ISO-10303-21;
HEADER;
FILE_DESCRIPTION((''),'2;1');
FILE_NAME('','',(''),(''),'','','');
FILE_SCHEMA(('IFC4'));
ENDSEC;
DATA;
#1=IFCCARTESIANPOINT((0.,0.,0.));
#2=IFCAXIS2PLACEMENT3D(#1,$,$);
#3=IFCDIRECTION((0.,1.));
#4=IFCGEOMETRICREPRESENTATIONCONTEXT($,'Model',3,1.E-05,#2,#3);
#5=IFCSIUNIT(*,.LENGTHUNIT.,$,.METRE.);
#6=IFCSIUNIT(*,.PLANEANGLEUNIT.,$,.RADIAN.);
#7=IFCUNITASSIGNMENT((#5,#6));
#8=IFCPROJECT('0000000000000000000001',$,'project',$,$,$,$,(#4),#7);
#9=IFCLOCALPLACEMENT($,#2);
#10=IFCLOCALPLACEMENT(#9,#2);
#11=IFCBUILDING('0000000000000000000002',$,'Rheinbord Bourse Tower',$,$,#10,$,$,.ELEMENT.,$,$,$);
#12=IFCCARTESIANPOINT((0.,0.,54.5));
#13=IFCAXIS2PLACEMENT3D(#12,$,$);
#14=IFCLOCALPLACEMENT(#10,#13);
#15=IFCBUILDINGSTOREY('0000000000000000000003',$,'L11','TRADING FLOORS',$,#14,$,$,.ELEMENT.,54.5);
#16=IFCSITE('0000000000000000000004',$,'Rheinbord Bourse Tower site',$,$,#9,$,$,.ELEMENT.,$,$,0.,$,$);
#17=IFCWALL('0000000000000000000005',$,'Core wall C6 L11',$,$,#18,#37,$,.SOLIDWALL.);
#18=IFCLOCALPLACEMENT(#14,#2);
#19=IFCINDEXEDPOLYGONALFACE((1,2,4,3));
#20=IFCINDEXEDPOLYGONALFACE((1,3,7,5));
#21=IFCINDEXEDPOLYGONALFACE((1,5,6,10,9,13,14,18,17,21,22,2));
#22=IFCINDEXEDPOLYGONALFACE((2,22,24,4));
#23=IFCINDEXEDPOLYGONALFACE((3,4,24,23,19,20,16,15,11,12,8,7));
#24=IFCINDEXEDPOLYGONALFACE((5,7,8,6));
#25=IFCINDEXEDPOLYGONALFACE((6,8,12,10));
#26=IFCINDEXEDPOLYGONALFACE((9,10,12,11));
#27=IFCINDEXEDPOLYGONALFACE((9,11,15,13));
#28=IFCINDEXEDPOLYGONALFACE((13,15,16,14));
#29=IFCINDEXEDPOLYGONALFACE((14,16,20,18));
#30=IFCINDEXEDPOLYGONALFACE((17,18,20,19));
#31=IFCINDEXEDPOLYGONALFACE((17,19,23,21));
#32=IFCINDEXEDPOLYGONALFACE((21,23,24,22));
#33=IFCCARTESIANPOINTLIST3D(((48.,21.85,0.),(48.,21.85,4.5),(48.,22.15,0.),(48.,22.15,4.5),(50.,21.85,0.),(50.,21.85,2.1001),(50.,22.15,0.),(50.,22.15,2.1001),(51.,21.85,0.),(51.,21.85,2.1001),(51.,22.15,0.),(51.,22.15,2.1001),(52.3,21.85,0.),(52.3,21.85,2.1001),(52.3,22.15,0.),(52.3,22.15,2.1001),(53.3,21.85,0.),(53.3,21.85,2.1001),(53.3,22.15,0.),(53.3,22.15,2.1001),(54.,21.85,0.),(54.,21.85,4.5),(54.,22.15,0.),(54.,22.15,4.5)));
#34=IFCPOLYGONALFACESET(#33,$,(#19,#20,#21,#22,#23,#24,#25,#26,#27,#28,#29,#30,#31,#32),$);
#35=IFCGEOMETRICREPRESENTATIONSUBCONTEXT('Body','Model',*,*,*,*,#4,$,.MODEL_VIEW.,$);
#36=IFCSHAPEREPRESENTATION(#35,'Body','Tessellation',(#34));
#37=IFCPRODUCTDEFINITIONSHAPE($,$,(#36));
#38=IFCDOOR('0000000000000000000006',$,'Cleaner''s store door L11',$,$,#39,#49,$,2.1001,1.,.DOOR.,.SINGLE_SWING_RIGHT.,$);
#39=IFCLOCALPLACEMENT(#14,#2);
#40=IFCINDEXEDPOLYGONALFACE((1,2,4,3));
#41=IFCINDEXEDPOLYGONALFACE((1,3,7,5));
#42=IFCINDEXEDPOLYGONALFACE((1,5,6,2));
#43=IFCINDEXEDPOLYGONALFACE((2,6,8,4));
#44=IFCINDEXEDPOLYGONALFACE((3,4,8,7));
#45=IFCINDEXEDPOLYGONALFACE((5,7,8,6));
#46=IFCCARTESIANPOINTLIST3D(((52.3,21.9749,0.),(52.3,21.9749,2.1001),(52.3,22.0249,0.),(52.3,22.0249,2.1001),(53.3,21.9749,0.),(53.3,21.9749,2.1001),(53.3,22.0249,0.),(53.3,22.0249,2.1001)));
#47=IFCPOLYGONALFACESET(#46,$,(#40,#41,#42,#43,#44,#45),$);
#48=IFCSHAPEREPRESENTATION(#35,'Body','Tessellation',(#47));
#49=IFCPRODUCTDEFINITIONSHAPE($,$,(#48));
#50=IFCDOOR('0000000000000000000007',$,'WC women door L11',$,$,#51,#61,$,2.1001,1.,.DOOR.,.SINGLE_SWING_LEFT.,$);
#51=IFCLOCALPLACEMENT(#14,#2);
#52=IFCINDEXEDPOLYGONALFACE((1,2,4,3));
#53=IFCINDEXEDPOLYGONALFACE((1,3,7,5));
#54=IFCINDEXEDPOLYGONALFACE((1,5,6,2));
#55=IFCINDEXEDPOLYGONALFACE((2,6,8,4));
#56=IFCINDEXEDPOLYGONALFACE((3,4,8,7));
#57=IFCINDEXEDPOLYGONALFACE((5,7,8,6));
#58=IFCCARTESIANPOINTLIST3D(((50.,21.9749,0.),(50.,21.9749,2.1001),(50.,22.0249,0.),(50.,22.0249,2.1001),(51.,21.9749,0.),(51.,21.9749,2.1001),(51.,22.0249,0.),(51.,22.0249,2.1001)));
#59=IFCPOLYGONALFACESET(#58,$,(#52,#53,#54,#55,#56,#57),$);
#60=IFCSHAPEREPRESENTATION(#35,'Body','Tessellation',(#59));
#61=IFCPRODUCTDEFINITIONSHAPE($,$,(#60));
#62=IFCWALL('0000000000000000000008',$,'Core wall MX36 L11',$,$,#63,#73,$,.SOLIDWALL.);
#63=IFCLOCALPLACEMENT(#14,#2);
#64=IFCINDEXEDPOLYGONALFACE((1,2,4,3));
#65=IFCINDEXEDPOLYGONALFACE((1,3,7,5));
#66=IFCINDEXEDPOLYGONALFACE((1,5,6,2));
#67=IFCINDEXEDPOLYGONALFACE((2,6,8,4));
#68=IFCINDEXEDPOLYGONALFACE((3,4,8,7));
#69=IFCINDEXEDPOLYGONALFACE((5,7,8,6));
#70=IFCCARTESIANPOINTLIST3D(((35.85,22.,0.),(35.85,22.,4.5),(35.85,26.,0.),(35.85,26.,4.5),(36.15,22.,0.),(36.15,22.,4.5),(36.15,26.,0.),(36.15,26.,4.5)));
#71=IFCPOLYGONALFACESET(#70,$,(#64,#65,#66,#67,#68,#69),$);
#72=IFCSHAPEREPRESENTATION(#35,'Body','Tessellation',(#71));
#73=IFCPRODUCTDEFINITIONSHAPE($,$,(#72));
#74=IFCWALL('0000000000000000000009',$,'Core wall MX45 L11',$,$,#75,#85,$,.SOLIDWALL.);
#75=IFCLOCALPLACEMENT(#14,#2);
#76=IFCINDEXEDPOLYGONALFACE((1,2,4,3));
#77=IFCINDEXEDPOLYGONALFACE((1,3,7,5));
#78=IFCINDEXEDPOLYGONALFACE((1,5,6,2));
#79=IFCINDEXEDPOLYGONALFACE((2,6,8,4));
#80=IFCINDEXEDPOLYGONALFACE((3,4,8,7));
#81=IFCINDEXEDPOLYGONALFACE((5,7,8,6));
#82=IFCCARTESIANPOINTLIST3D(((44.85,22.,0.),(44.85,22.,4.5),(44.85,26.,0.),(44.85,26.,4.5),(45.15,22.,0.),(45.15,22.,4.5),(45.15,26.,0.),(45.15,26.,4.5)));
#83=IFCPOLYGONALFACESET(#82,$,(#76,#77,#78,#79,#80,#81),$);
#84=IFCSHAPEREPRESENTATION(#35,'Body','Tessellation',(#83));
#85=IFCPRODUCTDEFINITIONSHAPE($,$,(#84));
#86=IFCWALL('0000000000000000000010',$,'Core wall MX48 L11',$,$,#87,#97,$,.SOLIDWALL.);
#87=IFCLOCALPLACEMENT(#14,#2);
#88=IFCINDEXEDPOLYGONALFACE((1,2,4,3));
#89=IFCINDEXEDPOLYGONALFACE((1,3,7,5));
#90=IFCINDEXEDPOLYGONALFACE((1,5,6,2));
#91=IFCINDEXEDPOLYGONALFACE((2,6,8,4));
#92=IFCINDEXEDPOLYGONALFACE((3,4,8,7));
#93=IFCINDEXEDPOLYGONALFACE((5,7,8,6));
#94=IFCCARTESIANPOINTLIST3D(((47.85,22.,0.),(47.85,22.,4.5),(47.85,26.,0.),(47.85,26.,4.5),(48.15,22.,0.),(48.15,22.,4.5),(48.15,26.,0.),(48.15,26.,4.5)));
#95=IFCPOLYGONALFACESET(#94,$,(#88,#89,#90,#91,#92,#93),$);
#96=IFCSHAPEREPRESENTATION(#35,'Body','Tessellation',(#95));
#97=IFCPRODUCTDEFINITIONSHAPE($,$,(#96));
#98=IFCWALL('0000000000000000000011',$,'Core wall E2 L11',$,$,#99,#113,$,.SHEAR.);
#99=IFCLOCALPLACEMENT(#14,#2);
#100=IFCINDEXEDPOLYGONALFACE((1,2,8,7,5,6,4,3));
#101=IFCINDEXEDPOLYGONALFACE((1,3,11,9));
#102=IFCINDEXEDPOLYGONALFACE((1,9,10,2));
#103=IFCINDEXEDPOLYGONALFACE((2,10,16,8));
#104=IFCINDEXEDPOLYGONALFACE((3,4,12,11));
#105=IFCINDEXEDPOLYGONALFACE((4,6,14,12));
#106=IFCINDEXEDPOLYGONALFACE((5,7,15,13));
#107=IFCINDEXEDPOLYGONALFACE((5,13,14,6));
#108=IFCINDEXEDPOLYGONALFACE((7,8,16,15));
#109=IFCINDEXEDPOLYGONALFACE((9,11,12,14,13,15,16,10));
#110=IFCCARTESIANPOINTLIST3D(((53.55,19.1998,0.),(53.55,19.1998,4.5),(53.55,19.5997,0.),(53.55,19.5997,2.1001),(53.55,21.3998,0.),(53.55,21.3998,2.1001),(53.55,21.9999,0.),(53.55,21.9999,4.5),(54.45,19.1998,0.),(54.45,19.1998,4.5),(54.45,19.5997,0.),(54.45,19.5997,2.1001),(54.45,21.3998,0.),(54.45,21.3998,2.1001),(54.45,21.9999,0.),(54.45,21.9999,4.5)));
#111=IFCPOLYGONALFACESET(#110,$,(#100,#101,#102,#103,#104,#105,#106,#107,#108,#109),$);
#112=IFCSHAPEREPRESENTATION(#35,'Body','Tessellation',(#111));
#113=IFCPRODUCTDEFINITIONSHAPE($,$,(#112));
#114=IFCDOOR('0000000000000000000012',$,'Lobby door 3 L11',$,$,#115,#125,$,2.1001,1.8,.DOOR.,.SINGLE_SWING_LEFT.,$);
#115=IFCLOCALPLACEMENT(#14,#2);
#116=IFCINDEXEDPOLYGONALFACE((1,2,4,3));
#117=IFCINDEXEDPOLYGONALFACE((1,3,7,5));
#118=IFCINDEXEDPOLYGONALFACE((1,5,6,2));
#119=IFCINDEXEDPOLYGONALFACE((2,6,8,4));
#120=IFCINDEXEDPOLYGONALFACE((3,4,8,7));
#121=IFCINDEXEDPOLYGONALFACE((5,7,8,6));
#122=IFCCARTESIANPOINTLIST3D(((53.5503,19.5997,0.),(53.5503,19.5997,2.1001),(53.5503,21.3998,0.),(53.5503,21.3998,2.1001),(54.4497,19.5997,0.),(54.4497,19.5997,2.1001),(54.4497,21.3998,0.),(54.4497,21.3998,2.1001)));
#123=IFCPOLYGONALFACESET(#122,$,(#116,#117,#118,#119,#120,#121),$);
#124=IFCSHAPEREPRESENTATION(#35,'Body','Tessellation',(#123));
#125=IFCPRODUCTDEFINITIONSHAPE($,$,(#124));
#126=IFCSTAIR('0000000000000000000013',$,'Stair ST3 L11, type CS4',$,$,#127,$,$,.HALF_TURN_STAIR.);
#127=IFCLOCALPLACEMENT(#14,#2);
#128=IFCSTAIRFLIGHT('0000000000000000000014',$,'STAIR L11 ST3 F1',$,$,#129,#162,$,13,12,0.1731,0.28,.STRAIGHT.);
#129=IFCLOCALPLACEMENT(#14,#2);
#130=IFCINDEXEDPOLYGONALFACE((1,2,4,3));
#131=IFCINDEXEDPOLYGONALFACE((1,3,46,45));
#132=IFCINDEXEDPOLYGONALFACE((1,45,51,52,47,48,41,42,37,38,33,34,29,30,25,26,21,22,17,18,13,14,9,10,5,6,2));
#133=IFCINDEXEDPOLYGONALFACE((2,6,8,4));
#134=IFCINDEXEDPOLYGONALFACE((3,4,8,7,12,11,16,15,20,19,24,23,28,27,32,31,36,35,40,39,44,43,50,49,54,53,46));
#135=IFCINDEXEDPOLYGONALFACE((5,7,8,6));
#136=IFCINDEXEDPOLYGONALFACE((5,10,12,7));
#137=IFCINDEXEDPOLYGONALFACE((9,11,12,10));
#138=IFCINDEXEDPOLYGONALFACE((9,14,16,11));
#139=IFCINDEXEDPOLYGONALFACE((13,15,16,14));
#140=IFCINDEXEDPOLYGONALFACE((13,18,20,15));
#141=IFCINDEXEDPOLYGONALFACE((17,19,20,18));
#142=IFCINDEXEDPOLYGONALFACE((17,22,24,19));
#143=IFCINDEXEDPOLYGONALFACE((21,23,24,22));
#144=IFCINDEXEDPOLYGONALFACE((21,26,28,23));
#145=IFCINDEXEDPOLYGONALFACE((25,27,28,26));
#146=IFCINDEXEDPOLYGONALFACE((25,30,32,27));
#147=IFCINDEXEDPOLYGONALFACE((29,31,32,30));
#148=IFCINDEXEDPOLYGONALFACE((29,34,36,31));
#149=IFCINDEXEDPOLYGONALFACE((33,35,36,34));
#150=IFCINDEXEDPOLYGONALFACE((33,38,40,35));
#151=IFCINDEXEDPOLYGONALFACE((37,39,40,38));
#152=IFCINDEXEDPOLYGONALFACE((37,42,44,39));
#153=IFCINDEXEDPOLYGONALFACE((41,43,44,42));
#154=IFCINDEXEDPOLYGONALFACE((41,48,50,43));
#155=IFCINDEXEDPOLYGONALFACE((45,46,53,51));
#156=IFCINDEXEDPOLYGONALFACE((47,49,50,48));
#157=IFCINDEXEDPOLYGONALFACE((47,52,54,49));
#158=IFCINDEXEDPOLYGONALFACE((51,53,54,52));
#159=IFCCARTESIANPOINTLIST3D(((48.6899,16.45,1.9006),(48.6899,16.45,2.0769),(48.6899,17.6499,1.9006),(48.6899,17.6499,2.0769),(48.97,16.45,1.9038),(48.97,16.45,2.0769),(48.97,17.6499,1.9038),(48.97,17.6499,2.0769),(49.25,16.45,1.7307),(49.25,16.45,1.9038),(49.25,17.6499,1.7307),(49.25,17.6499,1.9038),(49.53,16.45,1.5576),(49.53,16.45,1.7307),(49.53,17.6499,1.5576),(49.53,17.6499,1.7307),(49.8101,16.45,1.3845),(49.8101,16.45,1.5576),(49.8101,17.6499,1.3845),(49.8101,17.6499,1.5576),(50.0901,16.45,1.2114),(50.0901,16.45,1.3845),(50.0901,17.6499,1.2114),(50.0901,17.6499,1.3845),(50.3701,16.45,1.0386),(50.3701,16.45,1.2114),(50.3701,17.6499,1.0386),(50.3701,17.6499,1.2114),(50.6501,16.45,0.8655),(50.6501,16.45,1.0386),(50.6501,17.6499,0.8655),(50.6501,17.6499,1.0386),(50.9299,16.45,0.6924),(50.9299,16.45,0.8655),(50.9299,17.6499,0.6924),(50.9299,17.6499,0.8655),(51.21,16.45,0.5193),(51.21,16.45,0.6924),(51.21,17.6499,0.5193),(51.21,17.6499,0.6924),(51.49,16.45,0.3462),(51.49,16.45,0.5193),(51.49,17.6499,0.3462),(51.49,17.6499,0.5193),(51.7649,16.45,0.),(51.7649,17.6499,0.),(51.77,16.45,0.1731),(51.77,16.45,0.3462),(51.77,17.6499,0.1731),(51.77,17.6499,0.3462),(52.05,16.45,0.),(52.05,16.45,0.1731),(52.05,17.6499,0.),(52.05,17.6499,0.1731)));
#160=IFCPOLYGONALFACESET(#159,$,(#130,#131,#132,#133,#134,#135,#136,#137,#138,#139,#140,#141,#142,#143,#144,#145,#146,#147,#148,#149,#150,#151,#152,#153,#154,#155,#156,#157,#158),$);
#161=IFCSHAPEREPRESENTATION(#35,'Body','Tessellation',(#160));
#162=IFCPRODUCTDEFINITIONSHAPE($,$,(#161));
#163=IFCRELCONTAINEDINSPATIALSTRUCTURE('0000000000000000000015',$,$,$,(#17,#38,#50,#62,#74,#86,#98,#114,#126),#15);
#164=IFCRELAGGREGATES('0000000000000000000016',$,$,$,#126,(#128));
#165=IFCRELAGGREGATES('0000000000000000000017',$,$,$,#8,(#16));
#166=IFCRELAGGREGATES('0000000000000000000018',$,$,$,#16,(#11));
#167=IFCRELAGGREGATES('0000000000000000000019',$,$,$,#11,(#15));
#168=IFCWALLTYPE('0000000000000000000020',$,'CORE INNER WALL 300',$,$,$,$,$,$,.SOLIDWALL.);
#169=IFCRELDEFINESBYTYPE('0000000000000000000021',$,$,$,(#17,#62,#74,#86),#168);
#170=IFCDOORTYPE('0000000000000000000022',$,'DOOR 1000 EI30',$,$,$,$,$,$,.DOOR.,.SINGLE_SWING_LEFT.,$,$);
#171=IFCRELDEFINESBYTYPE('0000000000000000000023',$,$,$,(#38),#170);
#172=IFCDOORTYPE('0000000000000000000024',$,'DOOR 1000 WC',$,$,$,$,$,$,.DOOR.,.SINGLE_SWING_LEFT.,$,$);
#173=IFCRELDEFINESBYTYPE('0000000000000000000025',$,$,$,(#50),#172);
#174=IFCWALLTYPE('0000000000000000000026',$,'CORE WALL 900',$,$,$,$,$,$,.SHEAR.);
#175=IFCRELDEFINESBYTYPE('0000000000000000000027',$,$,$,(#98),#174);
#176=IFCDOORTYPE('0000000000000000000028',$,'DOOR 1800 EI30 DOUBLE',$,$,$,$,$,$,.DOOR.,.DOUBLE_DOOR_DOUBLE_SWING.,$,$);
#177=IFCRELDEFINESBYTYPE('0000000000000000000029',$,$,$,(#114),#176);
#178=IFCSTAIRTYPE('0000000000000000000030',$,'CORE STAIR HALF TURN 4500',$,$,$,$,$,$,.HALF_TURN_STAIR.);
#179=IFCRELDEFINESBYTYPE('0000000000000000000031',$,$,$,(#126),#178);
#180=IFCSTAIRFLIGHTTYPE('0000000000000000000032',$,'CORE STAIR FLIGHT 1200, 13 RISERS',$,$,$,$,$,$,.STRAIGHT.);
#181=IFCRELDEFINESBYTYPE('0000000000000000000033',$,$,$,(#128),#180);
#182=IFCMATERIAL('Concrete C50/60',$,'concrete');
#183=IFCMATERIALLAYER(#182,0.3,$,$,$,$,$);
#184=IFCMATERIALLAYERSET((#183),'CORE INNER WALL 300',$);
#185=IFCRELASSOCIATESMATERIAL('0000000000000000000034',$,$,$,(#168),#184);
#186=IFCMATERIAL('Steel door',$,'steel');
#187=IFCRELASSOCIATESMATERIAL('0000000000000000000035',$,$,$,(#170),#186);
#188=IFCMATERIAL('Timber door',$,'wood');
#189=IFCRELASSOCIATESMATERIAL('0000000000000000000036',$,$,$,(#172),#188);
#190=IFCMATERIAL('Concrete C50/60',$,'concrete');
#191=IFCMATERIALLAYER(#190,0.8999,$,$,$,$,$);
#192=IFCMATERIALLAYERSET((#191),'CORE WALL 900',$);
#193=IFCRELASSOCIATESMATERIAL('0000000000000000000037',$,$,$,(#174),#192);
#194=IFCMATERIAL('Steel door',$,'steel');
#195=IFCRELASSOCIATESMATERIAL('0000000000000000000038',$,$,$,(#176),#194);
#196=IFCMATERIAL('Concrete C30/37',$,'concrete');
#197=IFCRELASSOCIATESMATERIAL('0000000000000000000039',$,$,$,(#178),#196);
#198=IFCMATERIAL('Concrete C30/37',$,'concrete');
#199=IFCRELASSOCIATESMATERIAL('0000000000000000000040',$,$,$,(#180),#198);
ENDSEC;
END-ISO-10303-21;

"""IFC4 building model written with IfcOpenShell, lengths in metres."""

from ifc_helpers import new_model, si_unit, direction, frame, frame_2d, origin, place, context, subcontext, project, spatial, polyline, rectangle, outline, extrude, material, layer, layer_set, type_object, element, fill, aggregate, save


model = new_model("IFC4")

# Units and contexts
model_context = context("Model", 3, precision=1e-05, world=origin(), true_north=direction((0.0, 1.0)))
body_context = subcontext(model_context, "Body", "Model", "MODEL_VIEW")
ifc_project = project(units=[si_unit("LENGTHUNIT", "METRE"), si_unit("PLANEANGLEUNIT", "RADIAN")], contexts=[model_context])

# Site, building, storey
site_placement = place(None, origin())
site = spatial("IfcSite", under=ifc_project, at=site_placement, Name="Rheinbord Bourse Tower site", CompositionType="ELEMENT", RefElevation=0.0)
building_placement = place(site_placement, origin())
building = spatial("IfcBuilding", under=site, at=building_placement, Name="Rheinbord Bourse Tower", CompositionType="ELEMENT")
storey_placement = place(building_placement, frame((0.0, 0.0, 54.5)))
storey = spatial("IfcBuildingStorey", under=building, at=storey_placement, Name="L11", Description="TRADING FLOORS", CompositionType="ELEMENT", Elevation=54.5)

# Shared definitions
ifc_material_1 = material(Name="Concrete C50/60", Category="concrete")
ifc_layer_1 = layer(ifc_material_1, 0.3)
ifc_layer_set_1 = layer_set([ifc_layer_1], Name="CORE INNER WALL 300")
wall_type_1 = type_object("IfcWallType", Name="CORE INNER WALL 300", PredefinedType="SOLIDWALL", material=ifc_layer_set_1)

# Shared definitions
ifc_material_2 = material(Name="Steel door", Category="steel")
door_type_1 = type_object("IfcDoorType", Name="DOOR 1000 EI30", OperationType="SINGLE_SWING_LEFT", PredefinedType="DOOR", material=ifc_material_2)
ifc_material_3 = material(Name="Timber door", Category="wood")
door_type_2 = type_object("IfcDoorType", Name="DOOR 1000 WC", OperationType="SINGLE_SWING_LEFT", PredefinedType="DOOR", material=ifc_material_3)

# Wall, openings, doors
wall_1_placement = place(storey_placement, frame((48.0, 22.0, 0.0), z_axis=(0.0, 0.0, 1.0), x_axis=(1.0, 0.0, 0.0)))
wall_1 = element("IfcWall", 1, at=wall_1_placement, inside=storey, type_object=wall_type_1, Name="Core wall C6 L11", PredefinedType="SOLIDWALL", context=body_context, shape_type="SweptSolid", body=[
    extrude(rectangle(XDim=6.0, YDim=0.3, at=frame_2d((3.0, 0.0))), origin(), (0.0, 0.0, 1.0), 4.5),
])
opening_1_placement = place(wall_1_placement, frame((2.0, 0.0, 0.0)))
opening_1 = element("IfcOpeningElement", 2, at=opening_1_placement, cuts=wall_1, PredefinedType="OPENING", context=body_context, shape_type="SweptSolid", body=[
    extrude(rectangle(XDim=1.0, YDim=2.1001, at=frame_2d((0.5, 1.05))), frame((0.0, 0.1599, 0.0), z_axis=(0.0, -1.0, 0.0), x_axis=(1.0, 0.0, 0.0)), (0.0, 0.0, 1.0), 0.3201),
])
opening_2_placement = place(wall_1_placement, frame((4.3, 0.0, 0.0)))
opening_2 = element("IfcOpeningElement", 3, at=opening_2_placement, cuts=wall_1, PredefinedType="OPENING", context=body_context, shape_type="SweptSolid", body=[
    extrude(rectangle(XDim=1.0, YDim=2.1001, at=frame_2d((0.5, 1.05))), frame((0.0, 0.1599, 0.0), z_axis=(0.0, -1.0, 0.0), x_axis=(1.0, 0.0, 0.0)), (0.0, 0.0, 1.0), 0.3201),
])
door_1_placement = place(opening_2_placement, origin())
door_1 = element("IfcDoor", 4, at=door_1_placement, inside=storey, type_object=door_type_1, Name="Cleaner's store door L11", OperationType="SINGLE_SWING_RIGHT", OverallHeight=2.1001, OverallWidth=1.0, PredefinedType="DOOR", context=body_context, shape_type="SweptSolid", body=[
    extrude(rectangle(XDim=1.0, YDim=2.1001, at=frame_2d((0.5, 1.05))), frame((0.0, 0.0249, 0.0), z_axis=(0.0, -1.0, 0.0), x_axis=(1.0, 0.0, 0.0)), (0.0, 0.0, 1.0), 0.05),
])
fill(opening_2, door_1)
door_2_placement = place(opening_1_placement, origin())
door_2 = element("IfcDoor", 5, at=door_2_placement, inside=storey, type_object=door_type_2, Name="WC women door L11", OperationType="SINGLE_SWING_LEFT", OverallHeight=2.1001, OverallWidth=1.0, PredefinedType="DOOR", context=body_context, shape_type="SweptSolid", body=[
    extrude(rectangle(XDim=1.0, YDim=2.1001, at=frame_2d((0.5, 1.05))), frame((0.0, 0.0249, 0.0), z_axis=(0.0, -1.0, 0.0), x_axis=(1.0, 0.0, 0.0)), (0.0, 0.0, 1.0), 0.05),
])
fill(opening_1, door_2)

# Walls
for number, where, z_axis, x_axis, name in (
    (6, (36.0, 22.0, 0.0), (0.0, 0.0, 1.0), (0.0, 1.0, 0.0), "Core wall MX36 L11"),
    (7, (45.0, 22.0, 0.0), (0.0, 0.0, 1.0), (0.0, 1.0, 0.0), "Core wall MX45 L11"),
    (8, (48.0, 22.0, 0.0), (0.0, 0.0, 1.0), (0.0, 1.0, 0.0), "Core wall MX48 L11"),
):
    element("IfcWall", number, at=place(storey_placement, frame(where, z_axis=z_axis, x_axis=x_axis)), inside=storey, type_object=wall_type_1, Name=name, PredefinedType="SOLIDWALL", context=body_context, shape_type="SweptSolid", body=[
        extrude(rectangle(XDim=4.0, YDim=0.3, at=frame_2d((2.0, 0.0))), origin(), (0.0, 0.0, 1.0), 4.5),
    ])

# Wall, opening, door
ifc_material_4 = material(Name="Concrete C50/60", Category="concrete")
ifc_layer_2 = layer(ifc_material_4, 0.8999)
ifc_layer_set_2 = layer_set([ifc_layer_2], Name="CORE WALL 900")
wall_type_2 = type_object("IfcWallType", Name="CORE WALL 900", PredefinedType="SHEAR", material=ifc_layer_set_2)
wall_2_placement = place(storey_placement, frame((54.0, 19.2, 0.0), z_axis=(0.0, 0.0, 1.0), x_axis=(0.0, 1.0, 0.0)))
wall_2 = element("IfcWall", 9, at=wall_2_placement, inside=storey, type_object=wall_type_2, Name="Core wall E2 L11", PredefinedType="SHEAR", context=body_context, shape_type="SweptSolid", body=[
    extrude(rectangle(XDim=2.8, YDim=0.8999, at=frame_2d((1.3999, 0.0))), origin(), (0.0, 0.0, 1.0), 4.5),
])
opening_3_placement = place(wall_2_placement, frame((0.3999, 0.0, 0.0)))
opening_3 = element("IfcOpeningElement", 10, at=opening_3_placement, cuts=wall_2, PredefinedType="OPENING", context=body_context, shape_type="SweptSolid", body=[
    extrude(rectangle(XDim=1.8, YDim=2.1001, at=frame_2d((0.8999, 1.05))), frame((0.0, 0.46, 0.0), z_axis=(0.0, -1.0, 0.0), x_axis=(1.0, 0.0, 0.0)), (0.0, 0.0, 1.0), 0.9199),
])
ifc_material_5 = material(Name="Steel door", Category="steel")
door_type_3 = type_object("IfcDoorType", Name="DOOR 1800 EI30 DOUBLE", OperationType="DOUBLE_DOOR_DOUBLE_SWING", PredefinedType="DOOR", material=ifc_material_5)
door_3_placement = place(opening_3_placement, origin())
door_3 = element("IfcDoor", 11, at=door_3_placement, inside=storey, type_object=door_type_3, Name="Lobby door 3 L11", OperationType="SINGLE_SWING_LEFT", OverallHeight=2.1001, OverallWidth=1.8, PredefinedType="DOOR", context=body_context, shape_type="SweptSolid", body=[
    extrude(rectangle(XDim=1.8, YDim=2.1001, at=frame_2d((0.8999, 1.05))), frame((0.0, 0.4497, 0.0), z_axis=(0.0, -1.0, 0.0), x_axis=(1.0, 0.0, 0.0)), (0.0, 0.0, 1.0), 0.8994),
])
fill(opening_3, door_3)

# Stair, stair flight
ifc_material_6 = material(Name="Concrete C30/37", Category="concrete")
stair_type = type_object("IfcStairType", Name="CORE STAIR HALF TURN 4500", PredefinedType="HALF_TURN_STAIR", material=ifc_material_6)
stair_placement = place(storey_placement, origin())
stair = element("IfcStair", 12, at=stair_placement, inside=storey, type_object=stair_type, Name="Stair ST3 L11, type CS4", PredefinedType="HALF_TURN_STAIR")
ifc_material_7 = material(Name="Concrete C30/37", Category="concrete")
stair_flight_type = type_object("IfcStairFlightType", Name="CORE STAIR FLIGHT 1200, 13 RISERS", PredefinedType="STRAIGHT", material=ifc_material_7)
stair_flight_1_placement = place(storey_placement, frame((52.05, 17.05, 0.0), z_axis=(0.0, 0.0, 1.0), x_axis=(-1.0, 0.0, 0.0)))
stair_flight_1 = element("IfcStairFlight", 13, at=stair_flight_1_placement, type_object=stair_flight_type, Name="STAIR L11 ST3 F1", NumberOfRisers=13, NumberOfTreads=12, PredefinedType="STRAIGHT", RiserHeight=0.1731, TreadLength=0.28, context=body_context, shape_type="SweptSolid", body=[
    extrude(outline(polyline([(0.0, 0.0), (0.0, 0.1731), (0.28, 0.1731), (0.28, 0.3462), (0.5601, 0.3462), (0.5601, 0.5193), (0.8401, 0.5193), (0.8401, 0.6924), (1.1201, 0.6924), (1.1201, 0.8655), (1.3999, 0.8655), (1.3999, 1.0386), (1.6799, 1.0386), (1.6799, 1.2114), (1.96, 1.2114), (1.96, 1.3845), (2.24, 1.3845), (2.24, 1.5576), (2.52, 1.5576), (2.52, 1.7307), (2.8, 1.7307), (2.8, 1.9038), (3.0801, 1.9038), (3.0801, 2.0769), (3.3601, 2.0769), (3.3601, 2.25), (3.3601, 1.9006), (0.2852, 0.0), (0.0, 0.0)])), frame((0.0, 0.6001, 0.0), z_axis=(0.0, -1.0, 0.0), x_axis=(1.0, 0.0, 0.0)), (0.0, 0.0, 1.0), 1.2),
])
aggregate(stair, [stair_flight_1])

save(model, "model.ifc")
